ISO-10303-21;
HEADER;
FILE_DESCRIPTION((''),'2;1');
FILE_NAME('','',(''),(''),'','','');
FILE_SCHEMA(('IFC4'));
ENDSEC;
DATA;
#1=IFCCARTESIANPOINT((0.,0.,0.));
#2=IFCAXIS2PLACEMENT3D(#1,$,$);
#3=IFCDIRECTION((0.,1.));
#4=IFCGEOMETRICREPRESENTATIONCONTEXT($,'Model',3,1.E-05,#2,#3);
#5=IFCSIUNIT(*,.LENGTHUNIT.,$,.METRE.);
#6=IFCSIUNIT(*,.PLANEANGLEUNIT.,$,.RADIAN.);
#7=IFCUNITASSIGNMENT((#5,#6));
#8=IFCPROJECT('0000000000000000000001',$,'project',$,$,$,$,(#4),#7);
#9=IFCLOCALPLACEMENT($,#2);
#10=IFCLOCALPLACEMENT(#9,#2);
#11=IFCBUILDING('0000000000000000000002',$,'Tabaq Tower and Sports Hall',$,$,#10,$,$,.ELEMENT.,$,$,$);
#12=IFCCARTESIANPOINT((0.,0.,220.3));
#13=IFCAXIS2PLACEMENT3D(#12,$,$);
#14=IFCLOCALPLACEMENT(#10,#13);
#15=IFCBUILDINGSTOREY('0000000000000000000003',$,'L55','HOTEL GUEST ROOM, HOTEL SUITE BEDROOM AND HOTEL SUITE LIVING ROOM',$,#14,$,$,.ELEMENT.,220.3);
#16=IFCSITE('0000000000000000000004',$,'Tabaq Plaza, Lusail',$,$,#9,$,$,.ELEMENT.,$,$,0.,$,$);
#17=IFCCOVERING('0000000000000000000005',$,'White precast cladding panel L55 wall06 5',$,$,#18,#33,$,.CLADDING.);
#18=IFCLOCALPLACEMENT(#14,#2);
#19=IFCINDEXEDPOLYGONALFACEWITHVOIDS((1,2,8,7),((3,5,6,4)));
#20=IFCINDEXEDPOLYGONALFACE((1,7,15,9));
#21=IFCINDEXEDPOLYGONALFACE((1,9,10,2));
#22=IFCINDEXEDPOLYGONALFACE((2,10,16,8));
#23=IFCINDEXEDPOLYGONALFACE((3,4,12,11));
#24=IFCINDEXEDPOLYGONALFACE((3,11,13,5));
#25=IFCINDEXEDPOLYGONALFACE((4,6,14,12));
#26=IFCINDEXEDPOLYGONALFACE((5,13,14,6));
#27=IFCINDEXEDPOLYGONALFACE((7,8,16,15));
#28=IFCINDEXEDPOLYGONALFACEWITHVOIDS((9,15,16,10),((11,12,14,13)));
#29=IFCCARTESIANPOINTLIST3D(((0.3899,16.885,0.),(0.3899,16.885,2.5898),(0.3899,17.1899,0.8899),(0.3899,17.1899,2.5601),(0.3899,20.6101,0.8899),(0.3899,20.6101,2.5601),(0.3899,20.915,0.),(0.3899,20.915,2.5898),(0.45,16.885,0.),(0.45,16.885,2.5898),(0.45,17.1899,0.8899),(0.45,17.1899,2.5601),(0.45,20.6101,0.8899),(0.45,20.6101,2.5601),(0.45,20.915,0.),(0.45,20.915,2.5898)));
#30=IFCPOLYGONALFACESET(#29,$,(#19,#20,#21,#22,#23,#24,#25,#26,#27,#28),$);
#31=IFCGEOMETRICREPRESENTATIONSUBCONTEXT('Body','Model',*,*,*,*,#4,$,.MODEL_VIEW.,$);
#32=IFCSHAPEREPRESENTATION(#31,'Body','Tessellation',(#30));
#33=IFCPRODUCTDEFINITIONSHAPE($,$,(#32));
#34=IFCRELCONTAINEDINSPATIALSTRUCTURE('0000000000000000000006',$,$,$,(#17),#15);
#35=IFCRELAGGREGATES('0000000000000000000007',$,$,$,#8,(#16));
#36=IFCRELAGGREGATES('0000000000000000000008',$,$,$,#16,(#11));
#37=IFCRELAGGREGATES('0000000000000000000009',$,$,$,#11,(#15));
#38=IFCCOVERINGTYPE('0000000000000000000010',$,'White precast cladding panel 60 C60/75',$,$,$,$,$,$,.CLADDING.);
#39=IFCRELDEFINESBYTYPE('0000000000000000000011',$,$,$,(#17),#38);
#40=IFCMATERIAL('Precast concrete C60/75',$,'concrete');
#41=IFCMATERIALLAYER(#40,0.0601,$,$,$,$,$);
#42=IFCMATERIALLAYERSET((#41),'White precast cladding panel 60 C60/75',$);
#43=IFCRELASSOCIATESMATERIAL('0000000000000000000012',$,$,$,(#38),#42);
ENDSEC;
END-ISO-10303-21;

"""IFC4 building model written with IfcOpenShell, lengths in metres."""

from ifc_helpers import new_model, si_unit, direction, frame, origin, place, context, subcontext, project, spatial, polyline, outline, extrude, material, layer, layer_set, type_object, element, save


model = new_model("IFC4")

# Units and contexts
model_context = context("Model", 3, precision=1e-05, world=origin(), true_north=direction((0.0, 1.0)))
body_context = subcontext(model_context, "Body", "Model", "MODEL_VIEW")
ifc_project = project(units=[si_unit("LENGTHUNIT", "METRE"), si_unit("PLANEANGLEUNIT", "RADIAN")], contexts=[model_context])

# Site, building, storey
site_placement = place(None, origin())
site = spatial("IfcSite", under=ifc_project, at=site_placement, Name="Tabaq Plaza, Lusail", CompositionType="ELEMENT", RefElevation=0.0)
building_placement = place(site_placement, origin())
building = spatial("IfcBuilding", under=site, at=building_placement, Name="Tabaq Tower and Sports Hall", CompositionType="ELEMENT")
storey_placement = place(building_placement, frame((0.0, 0.0, 220.3)))
storey = spatial("IfcBuildingStorey", under=building, at=storey_placement, Name="L55", Description="HOTEL GUEST ROOM, HOTEL SUITE BEDROOM AND HOTEL SUITE LIVING ROOM", CompositionType="ELEMENT", Elevation=220.3)

# Covering
ifc_material_1 = material(Name="Precast concrete C60/75", Category="concrete")
ifc_layer_1 = layer(ifc_material_1, 0.0601)
ifc_layer_set_1 = layer_set([ifc_layer_1], Name="White precast cladding panel 60 C60/75")
covering_type_1 = type_object("IfcCoveringType", Name="White precast cladding panel 60 C60/75", PredefinedType="CLADDING", material=ifc_layer_set_1)
covering_1_placement = place(storey_placement, frame((0.4199, 20.915, 0.0), z_axis=(0.0, 0.0, 1.0), x_axis=(0.0, -1.0, 0.0)))
element("IfcCovering", 1, at=covering_1_placement, inside=storey, type_object=covering_type_1, Name="White precast cladding panel L55 wall06 5", PredefinedType="CLADDING", context=body_context, shape_type="SweptSolid", body=[
    extrude(outline(polyline([(0.0, 0.0), (4.03, 0.0), (4.03, 2.5898), (0.0, 2.5898), (0.0, 0.0)]), holes=[polyline([(3.7251, 0.8899), (0.3049, 0.8899), (0.3049, 2.5601), (3.7251, 2.5601), (3.7251, 0.8899)])]), frame((0.0, 0.03, 0.0), z_axis=(0.0, -1.0, 0.0), x_axis=(1.0, 0.0, 0.0)), (0.0, 0.0, 1.0), 0.0601),
])

save(model, "model.ifc")
